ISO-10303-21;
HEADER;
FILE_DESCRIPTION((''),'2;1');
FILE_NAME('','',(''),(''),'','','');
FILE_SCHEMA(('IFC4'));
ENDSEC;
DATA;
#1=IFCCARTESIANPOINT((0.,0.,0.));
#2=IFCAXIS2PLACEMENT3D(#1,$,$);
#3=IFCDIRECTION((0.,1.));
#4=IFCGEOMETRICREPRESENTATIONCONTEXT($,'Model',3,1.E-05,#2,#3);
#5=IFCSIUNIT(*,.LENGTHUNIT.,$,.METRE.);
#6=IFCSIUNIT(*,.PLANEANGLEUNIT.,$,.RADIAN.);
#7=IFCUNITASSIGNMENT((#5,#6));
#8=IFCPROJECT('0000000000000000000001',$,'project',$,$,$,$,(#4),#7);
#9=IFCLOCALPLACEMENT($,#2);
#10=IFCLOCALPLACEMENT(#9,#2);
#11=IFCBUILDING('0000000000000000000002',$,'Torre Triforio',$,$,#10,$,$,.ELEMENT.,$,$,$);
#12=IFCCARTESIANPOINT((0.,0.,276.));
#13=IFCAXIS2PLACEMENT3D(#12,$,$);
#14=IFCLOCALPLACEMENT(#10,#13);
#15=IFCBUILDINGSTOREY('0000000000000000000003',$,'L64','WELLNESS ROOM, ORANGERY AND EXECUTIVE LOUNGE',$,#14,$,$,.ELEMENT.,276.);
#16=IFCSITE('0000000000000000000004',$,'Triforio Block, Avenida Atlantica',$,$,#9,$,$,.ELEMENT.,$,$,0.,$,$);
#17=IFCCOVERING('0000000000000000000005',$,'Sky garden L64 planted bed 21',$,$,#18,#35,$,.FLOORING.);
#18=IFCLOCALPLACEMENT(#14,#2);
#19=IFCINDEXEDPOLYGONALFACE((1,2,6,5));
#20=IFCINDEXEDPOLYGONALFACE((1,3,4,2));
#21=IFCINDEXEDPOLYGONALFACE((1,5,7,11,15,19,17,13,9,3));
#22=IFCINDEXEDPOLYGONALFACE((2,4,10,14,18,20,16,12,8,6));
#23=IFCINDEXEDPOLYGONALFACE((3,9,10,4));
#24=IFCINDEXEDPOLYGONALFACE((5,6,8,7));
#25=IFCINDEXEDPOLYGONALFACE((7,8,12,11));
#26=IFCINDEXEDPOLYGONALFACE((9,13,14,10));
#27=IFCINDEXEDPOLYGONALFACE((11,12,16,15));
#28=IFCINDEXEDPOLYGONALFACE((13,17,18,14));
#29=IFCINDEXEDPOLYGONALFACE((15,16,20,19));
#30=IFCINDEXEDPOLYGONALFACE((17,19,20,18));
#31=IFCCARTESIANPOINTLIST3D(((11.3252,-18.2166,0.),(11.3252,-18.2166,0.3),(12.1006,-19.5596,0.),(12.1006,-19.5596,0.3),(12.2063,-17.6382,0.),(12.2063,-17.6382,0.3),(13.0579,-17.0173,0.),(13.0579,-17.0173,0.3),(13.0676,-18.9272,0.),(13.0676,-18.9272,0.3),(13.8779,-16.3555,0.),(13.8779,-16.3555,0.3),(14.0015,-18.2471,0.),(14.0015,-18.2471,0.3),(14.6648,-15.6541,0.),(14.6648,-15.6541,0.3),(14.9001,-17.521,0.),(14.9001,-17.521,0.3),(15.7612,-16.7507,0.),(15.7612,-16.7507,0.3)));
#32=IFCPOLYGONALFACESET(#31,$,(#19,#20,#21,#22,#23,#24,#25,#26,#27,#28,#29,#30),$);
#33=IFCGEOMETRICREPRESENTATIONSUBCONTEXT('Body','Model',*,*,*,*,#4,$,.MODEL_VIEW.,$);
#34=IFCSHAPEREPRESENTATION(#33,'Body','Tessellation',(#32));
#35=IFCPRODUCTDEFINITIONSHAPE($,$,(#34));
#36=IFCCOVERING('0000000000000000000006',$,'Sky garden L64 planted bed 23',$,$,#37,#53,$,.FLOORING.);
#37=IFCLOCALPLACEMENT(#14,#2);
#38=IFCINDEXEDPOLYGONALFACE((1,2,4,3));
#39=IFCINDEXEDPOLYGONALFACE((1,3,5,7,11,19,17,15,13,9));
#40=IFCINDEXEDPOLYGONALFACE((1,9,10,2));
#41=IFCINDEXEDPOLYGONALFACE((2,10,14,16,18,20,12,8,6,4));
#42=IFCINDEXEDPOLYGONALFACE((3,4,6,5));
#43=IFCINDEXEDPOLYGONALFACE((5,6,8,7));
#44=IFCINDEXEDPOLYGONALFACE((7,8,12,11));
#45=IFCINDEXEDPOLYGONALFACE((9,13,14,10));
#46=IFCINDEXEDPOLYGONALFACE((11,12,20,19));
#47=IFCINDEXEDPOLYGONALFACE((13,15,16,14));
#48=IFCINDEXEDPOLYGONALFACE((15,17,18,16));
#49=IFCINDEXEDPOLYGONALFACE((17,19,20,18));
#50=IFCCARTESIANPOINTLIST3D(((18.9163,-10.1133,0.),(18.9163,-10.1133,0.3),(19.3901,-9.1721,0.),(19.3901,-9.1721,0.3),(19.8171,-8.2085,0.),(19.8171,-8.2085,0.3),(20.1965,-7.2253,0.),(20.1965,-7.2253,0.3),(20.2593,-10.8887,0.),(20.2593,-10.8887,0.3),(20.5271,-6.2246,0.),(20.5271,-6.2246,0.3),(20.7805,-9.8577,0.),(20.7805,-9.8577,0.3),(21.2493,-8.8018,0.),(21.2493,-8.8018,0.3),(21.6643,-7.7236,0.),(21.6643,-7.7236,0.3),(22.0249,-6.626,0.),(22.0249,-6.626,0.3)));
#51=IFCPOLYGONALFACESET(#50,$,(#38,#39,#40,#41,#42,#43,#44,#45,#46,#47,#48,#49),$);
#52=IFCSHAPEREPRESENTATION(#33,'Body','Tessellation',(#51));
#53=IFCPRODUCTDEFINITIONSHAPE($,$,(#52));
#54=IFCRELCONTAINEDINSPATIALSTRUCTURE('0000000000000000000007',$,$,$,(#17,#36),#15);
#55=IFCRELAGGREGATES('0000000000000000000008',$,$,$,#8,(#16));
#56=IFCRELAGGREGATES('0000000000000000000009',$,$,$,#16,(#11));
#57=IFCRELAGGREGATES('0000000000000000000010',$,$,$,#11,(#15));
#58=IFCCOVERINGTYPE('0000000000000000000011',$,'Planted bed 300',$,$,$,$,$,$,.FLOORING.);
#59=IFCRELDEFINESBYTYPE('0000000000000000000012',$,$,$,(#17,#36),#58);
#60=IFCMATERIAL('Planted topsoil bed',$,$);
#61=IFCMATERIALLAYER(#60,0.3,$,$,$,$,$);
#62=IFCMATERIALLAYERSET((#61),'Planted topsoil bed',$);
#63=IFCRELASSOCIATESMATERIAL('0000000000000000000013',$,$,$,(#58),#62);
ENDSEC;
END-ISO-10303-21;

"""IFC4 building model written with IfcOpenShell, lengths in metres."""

from ifc_helpers import new_model, si_unit, direction, frame, origin, place, context, subcontext, project, spatial, polyline, outline, extrude, material, layer, layer_set, type_object, element, save


model = new_model("IFC4")

# Units and contexts
model_context = context("Model", 3, precision=1e-05, world=origin(), true_north=direction((0.0, 1.0)))
body_context = subcontext(model_context, "Body", "Model", "MODEL_VIEW")
ifc_project = project(units=[si_unit("LENGTHUNIT", "METRE"), si_unit("PLANEANGLEUNIT", "RADIAN")], contexts=[model_context])

# Site, building, storey
site_placement = place(None, origin())
site = spatial("IfcSite", under=ifc_project, at=site_placement, Name="Triforio Block, Avenida Atlantica", CompositionType="ELEMENT", RefElevation=0.0)
building_placement = place(site_placement, origin())
building = spatial("IfcBuilding", under=site, at=building_placement, Name="Torre Triforio", CompositionType="ELEMENT")
storey_placement = place(building_placement, frame((0.0, 0.0, 276.0)))
storey = spatial("IfcBuildingStorey", under=building, at=storey_placement, Name="L64", Description="WELLNESS ROOM, ORANGERY AND EXECUTIVE LOUNGE", CompositionType="ELEMENT", Elevation=276.0)

# Coverings
ifc_material_1 = material(Name="Planted topsoil bed")
ifc_layer_1 = layer(ifc_material_1, 0.3)
ifc_layer_set_1 = layer_set([ifc_layer_1], Name="Planted topsoil bed")
covering_type = type_object("IfcCoveringType", Name="Planted bed 300", PredefinedType="FLOORING", material=ifc_layer_set_1)
covering_1_placement = place(storey_placement, origin())
element("IfcCovering", 1, at=covering_1_placement, inside=storey, type_object=covering_type, Name="Sky garden L64 planted bed 21", PredefinedType="FLOORING", context=body_context, shape_type="SweptSolid", body=[
    extrude(outline(polyline([(11.3252, -18.2166), (12.2063, -17.6382), (13.0579, -17.0173), (13.8779, -16.3555), (14.6648, -15.6541), (15.7612, -16.7507), (14.9001, -17.521), (14.0015, -18.2471), (13.0676, -18.9272), (12.1006, -19.5596), (11.3252, -18.2166)])), origin(), (0.0, 0.0, 1.0), 0.3),
])
covering_2_placement = place(storey_placement, origin())
element("IfcCovering", 2, at=covering_2_placement, inside=storey, type_object=covering_type, Name="Sky garden L64 planted bed 23", PredefinedType="FLOORING", context=body_context, shape_type="SweptSolid", body=[
    extrude(outline(polyline([(18.9163, -10.1133), (19.3901, -9.1721), (19.8171, -8.2085), (20.1965, -7.2253), (20.5271, -6.2246), (22.0249, -6.626), (21.6643, -7.7236), (21.2493, -8.8018), (20.7805, -9.8577), (20.2593, -10.8887), (18.9163, -10.1133)])), origin(), (0.0, 0.0, 1.0), 0.3),
])

save(model, "model.ifc")
